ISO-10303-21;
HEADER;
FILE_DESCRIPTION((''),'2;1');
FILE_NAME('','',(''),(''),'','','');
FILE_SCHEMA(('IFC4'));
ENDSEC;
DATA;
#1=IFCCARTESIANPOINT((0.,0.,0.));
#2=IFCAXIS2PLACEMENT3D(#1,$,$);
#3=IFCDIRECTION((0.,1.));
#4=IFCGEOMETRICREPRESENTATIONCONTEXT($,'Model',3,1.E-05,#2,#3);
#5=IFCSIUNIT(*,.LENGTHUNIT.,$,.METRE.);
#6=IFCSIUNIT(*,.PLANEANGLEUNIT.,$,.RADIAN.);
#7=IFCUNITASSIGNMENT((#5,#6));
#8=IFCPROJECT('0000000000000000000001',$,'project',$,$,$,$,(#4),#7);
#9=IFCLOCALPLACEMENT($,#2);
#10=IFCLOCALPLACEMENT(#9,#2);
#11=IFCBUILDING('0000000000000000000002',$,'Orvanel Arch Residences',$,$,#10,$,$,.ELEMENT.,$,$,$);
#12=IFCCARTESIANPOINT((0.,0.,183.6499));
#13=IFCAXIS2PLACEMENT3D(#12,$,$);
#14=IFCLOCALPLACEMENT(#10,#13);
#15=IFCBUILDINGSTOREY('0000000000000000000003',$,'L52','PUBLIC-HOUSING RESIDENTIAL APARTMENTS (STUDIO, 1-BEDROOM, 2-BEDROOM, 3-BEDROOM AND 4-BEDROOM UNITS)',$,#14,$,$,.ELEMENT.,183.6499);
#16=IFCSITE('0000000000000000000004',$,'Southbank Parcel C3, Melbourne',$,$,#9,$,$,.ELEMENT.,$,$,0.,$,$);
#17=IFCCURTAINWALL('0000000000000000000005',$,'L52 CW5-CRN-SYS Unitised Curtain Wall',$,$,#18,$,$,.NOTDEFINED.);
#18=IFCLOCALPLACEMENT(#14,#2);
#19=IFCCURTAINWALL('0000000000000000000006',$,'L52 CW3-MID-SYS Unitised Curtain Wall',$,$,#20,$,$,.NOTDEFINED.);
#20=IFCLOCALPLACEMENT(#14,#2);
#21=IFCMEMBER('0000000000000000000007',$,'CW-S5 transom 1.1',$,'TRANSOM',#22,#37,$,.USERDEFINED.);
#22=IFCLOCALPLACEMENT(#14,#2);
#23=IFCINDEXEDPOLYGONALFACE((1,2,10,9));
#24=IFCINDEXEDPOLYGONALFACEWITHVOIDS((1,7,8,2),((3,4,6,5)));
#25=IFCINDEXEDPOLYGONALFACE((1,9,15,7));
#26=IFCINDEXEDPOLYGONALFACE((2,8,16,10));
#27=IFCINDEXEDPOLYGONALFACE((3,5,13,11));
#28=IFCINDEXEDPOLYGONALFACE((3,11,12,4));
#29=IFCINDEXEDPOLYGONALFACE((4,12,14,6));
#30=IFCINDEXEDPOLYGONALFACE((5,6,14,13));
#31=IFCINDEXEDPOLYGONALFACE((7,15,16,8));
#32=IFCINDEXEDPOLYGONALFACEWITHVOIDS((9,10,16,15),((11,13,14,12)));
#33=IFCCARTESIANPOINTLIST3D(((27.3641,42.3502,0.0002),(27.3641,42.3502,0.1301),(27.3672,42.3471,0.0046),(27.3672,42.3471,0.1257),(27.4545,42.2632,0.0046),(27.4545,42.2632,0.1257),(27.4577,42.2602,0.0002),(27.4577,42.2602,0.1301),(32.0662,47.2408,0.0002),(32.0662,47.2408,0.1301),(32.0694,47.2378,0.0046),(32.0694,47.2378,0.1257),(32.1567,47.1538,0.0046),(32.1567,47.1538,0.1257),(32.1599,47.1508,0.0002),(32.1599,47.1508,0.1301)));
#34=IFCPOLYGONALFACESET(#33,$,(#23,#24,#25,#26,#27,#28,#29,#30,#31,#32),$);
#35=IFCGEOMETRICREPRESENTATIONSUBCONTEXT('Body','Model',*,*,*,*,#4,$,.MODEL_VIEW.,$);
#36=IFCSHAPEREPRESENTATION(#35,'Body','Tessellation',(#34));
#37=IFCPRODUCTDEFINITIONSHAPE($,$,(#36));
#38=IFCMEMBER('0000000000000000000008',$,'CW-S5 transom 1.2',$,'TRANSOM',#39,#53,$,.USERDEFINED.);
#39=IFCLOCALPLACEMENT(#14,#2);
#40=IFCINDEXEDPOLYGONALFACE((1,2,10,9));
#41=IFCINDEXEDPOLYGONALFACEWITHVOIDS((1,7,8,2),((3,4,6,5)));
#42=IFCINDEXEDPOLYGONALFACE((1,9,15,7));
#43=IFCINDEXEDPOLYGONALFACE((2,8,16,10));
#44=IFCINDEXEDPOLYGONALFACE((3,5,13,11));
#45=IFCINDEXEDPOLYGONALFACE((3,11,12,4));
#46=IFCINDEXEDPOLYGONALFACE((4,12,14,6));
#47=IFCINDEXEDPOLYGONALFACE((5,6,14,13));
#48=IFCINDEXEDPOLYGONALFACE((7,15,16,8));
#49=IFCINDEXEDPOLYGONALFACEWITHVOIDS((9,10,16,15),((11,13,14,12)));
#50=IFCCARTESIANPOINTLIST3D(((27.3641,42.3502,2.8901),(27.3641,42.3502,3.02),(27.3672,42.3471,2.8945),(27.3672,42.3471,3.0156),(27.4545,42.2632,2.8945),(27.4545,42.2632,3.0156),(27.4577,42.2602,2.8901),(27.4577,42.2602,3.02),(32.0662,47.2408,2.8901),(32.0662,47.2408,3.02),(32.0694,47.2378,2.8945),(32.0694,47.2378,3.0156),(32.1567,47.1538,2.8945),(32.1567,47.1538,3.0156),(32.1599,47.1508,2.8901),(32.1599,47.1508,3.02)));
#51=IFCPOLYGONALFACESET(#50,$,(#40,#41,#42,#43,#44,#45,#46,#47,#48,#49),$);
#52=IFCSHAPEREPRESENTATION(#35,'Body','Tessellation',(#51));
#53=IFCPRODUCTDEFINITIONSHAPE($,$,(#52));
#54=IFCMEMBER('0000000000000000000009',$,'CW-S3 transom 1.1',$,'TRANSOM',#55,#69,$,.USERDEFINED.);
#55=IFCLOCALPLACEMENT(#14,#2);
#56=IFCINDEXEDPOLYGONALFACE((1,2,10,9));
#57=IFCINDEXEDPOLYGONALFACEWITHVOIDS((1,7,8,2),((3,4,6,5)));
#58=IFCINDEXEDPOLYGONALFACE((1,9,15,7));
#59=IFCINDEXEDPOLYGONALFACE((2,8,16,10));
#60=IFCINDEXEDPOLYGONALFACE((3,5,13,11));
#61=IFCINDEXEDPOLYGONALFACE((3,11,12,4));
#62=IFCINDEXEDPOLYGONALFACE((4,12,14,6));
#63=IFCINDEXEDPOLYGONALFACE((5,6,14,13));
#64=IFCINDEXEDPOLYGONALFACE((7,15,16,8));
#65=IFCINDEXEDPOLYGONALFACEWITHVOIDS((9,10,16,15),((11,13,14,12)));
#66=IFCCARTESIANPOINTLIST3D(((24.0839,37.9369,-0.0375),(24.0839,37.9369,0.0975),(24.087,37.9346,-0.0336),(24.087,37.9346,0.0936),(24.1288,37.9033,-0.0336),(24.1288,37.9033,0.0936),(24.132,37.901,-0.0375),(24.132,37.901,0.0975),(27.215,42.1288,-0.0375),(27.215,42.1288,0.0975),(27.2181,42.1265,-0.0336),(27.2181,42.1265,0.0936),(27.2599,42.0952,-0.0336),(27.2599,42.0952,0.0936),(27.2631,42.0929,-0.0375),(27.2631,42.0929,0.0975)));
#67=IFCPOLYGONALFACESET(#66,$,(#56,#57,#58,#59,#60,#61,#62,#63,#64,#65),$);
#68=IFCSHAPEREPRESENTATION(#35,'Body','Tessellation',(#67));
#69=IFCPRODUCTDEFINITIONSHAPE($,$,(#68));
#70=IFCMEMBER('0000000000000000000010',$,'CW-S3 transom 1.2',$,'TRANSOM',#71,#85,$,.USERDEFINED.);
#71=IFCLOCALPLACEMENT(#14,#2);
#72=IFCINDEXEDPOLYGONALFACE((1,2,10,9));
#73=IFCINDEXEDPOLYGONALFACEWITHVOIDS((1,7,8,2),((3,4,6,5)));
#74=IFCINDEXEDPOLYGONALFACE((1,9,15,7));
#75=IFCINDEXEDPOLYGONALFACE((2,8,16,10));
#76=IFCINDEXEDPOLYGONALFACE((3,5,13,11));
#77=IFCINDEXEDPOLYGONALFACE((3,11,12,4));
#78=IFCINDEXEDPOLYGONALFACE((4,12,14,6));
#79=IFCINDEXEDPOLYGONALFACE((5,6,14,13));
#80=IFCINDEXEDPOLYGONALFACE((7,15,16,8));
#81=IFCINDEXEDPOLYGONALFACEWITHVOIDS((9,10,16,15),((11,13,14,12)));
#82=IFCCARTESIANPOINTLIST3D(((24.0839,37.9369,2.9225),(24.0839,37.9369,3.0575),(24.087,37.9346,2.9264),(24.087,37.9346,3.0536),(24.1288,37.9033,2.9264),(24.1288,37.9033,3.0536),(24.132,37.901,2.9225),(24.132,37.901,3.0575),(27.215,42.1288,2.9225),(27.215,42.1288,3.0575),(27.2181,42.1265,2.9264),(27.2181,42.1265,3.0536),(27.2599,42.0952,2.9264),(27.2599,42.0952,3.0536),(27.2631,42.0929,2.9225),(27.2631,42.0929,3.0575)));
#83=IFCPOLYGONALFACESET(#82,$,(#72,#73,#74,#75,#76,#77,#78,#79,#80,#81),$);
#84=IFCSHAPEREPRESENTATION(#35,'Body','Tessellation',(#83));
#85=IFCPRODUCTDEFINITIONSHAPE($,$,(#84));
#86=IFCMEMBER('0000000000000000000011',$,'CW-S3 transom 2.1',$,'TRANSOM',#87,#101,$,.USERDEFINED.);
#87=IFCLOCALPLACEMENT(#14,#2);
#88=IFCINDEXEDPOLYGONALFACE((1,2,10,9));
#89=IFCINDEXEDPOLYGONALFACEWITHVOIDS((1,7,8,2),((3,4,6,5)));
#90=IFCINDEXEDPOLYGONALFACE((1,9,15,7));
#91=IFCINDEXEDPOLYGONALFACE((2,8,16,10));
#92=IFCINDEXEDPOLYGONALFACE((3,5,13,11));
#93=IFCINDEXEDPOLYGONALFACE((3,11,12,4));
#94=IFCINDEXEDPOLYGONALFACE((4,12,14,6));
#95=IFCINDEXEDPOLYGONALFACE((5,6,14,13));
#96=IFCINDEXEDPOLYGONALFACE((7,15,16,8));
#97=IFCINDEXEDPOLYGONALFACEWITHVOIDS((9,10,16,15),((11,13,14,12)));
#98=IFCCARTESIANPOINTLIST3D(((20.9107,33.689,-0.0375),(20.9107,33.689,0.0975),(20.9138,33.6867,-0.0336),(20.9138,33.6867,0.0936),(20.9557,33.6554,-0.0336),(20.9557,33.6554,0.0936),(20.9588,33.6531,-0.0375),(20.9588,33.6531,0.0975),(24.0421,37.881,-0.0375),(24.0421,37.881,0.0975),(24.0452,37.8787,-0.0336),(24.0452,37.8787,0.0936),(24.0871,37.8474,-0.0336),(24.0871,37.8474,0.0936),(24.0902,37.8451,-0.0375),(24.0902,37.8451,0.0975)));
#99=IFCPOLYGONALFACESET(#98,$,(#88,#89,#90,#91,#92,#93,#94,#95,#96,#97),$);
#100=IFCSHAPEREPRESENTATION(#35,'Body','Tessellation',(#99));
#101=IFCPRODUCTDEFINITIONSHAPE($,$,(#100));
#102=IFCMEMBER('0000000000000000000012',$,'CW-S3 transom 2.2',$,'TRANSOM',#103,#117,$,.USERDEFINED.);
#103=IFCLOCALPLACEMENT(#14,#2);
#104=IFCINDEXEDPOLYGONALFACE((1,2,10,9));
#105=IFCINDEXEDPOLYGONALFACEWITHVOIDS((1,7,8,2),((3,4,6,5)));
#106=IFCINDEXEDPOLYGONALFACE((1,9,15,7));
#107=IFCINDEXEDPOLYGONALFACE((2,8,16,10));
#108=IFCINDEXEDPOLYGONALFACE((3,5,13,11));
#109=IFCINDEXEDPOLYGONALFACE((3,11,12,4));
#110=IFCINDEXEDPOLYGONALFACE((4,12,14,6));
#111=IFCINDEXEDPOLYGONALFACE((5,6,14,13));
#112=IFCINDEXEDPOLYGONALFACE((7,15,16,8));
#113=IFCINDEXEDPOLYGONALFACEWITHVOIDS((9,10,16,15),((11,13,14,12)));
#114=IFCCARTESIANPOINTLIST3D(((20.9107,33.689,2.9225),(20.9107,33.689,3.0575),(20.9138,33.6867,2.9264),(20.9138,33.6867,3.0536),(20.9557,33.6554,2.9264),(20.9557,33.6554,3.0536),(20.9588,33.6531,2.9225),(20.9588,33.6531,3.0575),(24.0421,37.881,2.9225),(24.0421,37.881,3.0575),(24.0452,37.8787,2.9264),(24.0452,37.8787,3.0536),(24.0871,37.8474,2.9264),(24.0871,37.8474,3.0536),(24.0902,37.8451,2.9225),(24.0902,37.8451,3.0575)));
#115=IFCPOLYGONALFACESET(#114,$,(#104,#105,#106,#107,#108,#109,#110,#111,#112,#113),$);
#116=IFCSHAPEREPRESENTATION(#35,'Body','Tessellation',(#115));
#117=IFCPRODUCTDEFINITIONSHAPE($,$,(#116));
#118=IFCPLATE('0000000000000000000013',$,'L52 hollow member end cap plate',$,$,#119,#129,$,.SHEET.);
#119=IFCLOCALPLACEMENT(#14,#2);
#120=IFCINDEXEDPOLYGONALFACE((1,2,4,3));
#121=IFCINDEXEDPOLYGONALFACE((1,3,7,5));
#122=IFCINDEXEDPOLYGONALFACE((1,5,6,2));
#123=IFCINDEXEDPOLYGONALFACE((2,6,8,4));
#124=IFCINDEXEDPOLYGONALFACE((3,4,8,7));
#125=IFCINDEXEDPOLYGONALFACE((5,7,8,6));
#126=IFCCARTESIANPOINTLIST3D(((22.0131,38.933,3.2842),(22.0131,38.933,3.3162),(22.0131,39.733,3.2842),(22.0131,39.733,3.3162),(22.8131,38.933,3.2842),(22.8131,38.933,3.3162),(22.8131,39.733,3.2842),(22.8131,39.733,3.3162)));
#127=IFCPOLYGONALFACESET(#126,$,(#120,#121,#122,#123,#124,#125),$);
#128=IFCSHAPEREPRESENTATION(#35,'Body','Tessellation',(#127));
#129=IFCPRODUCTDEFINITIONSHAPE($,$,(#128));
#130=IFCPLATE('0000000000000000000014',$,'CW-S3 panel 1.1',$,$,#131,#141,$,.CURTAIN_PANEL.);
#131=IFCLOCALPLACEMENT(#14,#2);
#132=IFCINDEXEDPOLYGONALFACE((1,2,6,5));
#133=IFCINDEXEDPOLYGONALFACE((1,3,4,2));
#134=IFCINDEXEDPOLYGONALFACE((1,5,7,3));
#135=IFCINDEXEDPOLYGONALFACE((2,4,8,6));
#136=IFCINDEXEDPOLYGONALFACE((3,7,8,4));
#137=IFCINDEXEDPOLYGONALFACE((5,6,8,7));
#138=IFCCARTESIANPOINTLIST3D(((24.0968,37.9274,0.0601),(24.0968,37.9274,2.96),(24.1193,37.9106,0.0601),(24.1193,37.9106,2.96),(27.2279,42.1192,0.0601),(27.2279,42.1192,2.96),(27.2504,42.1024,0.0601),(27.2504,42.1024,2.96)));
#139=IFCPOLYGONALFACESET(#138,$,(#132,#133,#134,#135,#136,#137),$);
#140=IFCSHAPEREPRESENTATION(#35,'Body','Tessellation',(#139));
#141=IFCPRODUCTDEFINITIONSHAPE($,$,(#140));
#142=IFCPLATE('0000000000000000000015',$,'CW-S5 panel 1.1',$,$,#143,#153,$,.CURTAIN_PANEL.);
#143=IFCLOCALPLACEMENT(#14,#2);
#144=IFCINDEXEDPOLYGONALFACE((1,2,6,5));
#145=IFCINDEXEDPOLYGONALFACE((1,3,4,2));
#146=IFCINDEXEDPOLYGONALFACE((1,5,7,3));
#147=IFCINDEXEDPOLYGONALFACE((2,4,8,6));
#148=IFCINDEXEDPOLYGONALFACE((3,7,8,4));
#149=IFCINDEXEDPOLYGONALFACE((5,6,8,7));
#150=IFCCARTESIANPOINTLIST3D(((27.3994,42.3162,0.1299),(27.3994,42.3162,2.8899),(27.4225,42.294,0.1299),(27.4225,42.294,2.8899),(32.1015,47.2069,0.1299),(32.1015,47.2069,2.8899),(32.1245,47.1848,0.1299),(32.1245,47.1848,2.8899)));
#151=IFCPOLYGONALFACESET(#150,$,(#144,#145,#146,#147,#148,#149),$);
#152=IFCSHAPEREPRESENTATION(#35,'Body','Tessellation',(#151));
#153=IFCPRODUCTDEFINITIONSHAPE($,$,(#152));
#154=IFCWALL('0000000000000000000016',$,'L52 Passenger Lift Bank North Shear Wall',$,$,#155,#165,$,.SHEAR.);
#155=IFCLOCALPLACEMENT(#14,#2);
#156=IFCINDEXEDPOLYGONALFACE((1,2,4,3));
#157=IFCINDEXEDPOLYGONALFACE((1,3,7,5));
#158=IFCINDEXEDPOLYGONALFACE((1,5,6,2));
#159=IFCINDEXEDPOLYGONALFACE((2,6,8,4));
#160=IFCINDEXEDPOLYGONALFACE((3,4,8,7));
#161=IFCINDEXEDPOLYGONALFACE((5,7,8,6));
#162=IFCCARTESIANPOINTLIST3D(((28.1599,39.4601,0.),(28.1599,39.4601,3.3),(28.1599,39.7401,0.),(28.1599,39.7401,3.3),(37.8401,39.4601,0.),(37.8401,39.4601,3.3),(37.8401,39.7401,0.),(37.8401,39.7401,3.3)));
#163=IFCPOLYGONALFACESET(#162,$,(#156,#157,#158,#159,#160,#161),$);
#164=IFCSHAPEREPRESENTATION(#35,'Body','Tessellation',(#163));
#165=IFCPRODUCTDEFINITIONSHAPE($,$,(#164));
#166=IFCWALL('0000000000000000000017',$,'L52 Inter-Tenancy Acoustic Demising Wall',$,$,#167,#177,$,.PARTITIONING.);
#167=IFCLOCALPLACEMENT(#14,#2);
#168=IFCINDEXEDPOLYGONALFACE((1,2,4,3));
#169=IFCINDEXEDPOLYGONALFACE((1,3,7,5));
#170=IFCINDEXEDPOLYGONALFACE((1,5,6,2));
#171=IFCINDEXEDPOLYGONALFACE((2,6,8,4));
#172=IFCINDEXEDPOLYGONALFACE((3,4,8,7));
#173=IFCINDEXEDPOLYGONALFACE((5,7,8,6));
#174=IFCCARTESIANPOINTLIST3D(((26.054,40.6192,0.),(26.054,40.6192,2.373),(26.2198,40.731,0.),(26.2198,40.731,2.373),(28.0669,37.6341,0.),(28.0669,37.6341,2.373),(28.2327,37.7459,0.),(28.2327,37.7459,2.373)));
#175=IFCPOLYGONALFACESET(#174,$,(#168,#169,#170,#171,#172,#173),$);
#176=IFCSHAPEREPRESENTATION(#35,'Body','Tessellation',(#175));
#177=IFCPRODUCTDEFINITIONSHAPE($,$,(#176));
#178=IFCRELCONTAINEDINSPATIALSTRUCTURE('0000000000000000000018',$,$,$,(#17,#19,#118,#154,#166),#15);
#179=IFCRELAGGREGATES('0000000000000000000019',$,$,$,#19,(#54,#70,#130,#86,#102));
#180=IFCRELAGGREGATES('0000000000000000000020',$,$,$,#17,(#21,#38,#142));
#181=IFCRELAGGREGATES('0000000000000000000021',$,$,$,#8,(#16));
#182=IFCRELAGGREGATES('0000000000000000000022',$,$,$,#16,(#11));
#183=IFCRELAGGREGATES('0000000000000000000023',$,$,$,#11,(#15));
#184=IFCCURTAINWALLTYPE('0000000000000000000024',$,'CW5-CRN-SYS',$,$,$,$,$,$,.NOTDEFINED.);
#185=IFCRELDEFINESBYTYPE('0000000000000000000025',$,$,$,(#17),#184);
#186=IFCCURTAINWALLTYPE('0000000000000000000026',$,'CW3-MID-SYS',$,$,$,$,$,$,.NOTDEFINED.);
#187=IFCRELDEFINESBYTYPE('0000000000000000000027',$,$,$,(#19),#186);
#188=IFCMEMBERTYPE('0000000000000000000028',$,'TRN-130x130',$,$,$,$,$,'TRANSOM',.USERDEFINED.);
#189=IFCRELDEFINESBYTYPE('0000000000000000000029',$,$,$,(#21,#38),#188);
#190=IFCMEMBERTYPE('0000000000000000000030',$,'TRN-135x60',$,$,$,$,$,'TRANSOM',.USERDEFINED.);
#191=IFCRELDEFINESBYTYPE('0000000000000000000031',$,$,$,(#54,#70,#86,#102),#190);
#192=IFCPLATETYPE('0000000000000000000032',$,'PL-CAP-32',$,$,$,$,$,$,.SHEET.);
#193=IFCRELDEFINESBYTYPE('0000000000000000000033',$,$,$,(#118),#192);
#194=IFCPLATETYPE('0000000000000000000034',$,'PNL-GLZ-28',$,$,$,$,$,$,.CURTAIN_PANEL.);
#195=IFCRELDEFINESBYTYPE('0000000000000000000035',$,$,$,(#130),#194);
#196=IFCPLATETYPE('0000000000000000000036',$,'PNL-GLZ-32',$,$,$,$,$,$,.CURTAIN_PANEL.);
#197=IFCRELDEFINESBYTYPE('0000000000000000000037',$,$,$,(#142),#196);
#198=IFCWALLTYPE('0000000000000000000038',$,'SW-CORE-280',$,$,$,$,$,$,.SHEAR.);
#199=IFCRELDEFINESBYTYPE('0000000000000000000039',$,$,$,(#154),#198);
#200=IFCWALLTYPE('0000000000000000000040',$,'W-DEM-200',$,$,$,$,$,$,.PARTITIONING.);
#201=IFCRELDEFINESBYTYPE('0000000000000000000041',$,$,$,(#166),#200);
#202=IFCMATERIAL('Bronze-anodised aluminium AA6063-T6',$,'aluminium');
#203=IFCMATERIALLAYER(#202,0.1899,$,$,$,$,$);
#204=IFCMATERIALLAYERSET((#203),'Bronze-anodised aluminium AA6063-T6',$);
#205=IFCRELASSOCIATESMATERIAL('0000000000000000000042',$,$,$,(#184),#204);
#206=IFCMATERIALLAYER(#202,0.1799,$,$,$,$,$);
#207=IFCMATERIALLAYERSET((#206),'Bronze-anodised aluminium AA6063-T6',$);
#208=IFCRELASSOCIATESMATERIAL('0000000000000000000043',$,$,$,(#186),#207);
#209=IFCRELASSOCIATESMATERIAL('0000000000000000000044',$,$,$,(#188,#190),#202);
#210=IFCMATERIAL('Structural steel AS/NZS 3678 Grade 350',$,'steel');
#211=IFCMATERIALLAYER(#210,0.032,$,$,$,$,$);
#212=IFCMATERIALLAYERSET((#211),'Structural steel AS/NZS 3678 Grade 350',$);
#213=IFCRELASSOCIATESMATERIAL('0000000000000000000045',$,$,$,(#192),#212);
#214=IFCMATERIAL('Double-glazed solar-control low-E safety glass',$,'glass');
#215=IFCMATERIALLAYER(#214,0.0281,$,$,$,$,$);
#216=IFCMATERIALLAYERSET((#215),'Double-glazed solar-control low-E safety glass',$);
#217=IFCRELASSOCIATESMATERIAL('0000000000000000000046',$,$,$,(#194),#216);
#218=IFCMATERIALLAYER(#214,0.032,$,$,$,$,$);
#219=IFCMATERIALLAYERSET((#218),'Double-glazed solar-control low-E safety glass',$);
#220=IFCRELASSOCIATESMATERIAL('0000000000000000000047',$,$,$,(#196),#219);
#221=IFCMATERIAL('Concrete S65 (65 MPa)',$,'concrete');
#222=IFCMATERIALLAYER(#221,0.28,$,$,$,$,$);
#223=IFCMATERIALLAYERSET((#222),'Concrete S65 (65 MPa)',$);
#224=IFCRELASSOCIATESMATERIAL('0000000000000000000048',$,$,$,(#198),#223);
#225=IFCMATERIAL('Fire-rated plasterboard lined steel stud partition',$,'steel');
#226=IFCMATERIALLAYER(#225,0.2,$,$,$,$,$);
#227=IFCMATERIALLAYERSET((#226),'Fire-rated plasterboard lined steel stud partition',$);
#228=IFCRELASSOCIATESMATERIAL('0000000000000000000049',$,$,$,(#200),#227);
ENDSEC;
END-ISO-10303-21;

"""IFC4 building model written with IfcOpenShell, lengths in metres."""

from ifc_helpers import new_model, si_unit, direction, frame, frame_2d, origin, origin_2d, place, context, subcontext, project, spatial, rectangle, hollow_rectangle, extrude, material, layer, layer_set, material_profile, profile_set, type_object, element, aggregate, save


model = new_model("IFC4")

# Units and contexts
model_context = context("Model", 3, precision=1e-05, world=origin(), true_north=direction((0.0, 1.0)))
body_context = subcontext(model_context, "Body", "Model", "MODEL_VIEW")
ifc_project = project(units=[si_unit("LENGTHUNIT", "METRE"), si_unit("PLANEANGLEUNIT", "RADIAN")], contexts=[model_context])

# Site, building, storey
site_placement = place(None, origin())
site = spatial("IfcSite", under=ifc_project, at=site_placement, Name="Southbank Parcel C3, Melbourne", CompositionType="ELEMENT", RefElevation=0.0)
building_placement = place(site_placement, origin())
building = spatial("IfcBuilding", under=site, at=building_placement, Name="Orvanel Arch Residences", CompositionType="ELEMENT")
storey_placement = place(building_placement, frame((0.0, 0.0, 183.6499)))
storey = spatial("IfcBuildingStorey", under=building, at=storey_placement, Name="L52", Description="PUBLIC-HOUSING RESIDENTIAL APARTMENTS (STUDIO, 1-BEDROOM, 2-BEDROOM, 3-BEDROOM AND 4-BEDROOM UNITS)", CompositionType="ELEMENT", Elevation=183.6499)

# Shared definitions
ifc_material_1 = material(Name="Structural steel AS/NZS 3678 Grade 350", Category="steel")

# Curtain walls
ifc_material_2 = material(Name="Bronze-anodised aluminium AA6063-T6", Category="aluminium")
ifc_layer_1 = layer(ifc_material_2, 0.1899)
ifc_layer_set_1 = layer_set([ifc_layer_1], Name="Bronze-anodised aluminium AA6063-T6")
curtain_wall_type_1 = type_object("IfcCurtainWallType", Name="CW5-CRN-SYS", PredefinedType="NOTDEFINED", material=ifc_layer_set_1)
curtain_wall_1_placement = place(storey_placement, origin())
curtain_wall_1 = element("IfcCurtainWall", 1, at=curtain_wall_1_placement, inside=storey, type_object=curtain_wall_type_1, Name="L52 CW5-CRN-SYS Unitised Curtain Wall", PredefinedType="NOTDEFINED")
ifc_layer_2 = layer(ifc_material_2, 0.1799)
ifc_layer_set_2 = layer_set([ifc_layer_2], Name="Bronze-anodised aluminium AA6063-T6")
curtain_wall_type_2 = type_object("IfcCurtainWallType", Name="CW3-MID-SYS", PredefinedType="NOTDEFINED", material=ifc_layer_set_2)
curtain_wall_2_placement = place(storey_placement, origin())
curtain_wall_2 = element("IfcCurtainWall", 2, at=curtain_wall_2_placement, inside=storey, type_object=curtain_wall_type_2, Name="L52 CW3-MID-SYS Unitised Curtain Wall", PredefinedType="NOTDEFINED")

# Members
ifc_material_profile_1 = material_profile(ifc_material_2, hollow_rectangle(XDim=0.1299, YDim=0.1299, WallThickness=0.0044, at=origin_2d()), Name="ALU130x130x4.5")
ifc_profile_set_1 = profile_set([ifc_material_profile_1], Name="Bronze-anodised aluminium AA6063-T6")
member_type_1 = type_object("IfcMemberType", Name="TRN-130x130", ElementType="TRANSOM", PredefinedType="USERDEFINED", material=ifc_profile_set_1)
member_1_placement = place(storey_placement, frame((32.113, 47.1958, 0.0652), z_axis=(-0.69308, -0.720861, 0.0), x_axis=(0.720861, -0.69308, 0.0)))
member_1 = element("IfcMember", 3, at=member_1_placement, type_object=member_type_1, Name="CW-S5 transom 1.1", ObjectType="TRANSOM", PredefinedType="USERDEFINED", context=body_context, shape_type="SweptSolid", body=[
    extrude(hollow_rectangle(XDim=0.1299, YDim=0.1299, WallThickness=0.0044, at=origin_2d()), origin(), (0.0, 0.0, 1.0), 6.7844),
])
member_2_placement = place(storey_placement, frame((32.113, 47.1958, 2.9551), z_axis=(-0.69308, -0.720861, 0.0), x_axis=(0.720861, -0.69308, 0.0)))
member_2 = element("IfcMember", 4, at=member_2_placement, type_object=member_type_1, Name="CW-S5 transom 1.2", ObjectType="TRANSOM", PredefinedType="USERDEFINED", context=body_context, shape_type="SweptSolid", body=[
    extrude(hollow_rectangle(XDim=0.1299, YDim=0.1299, WallThickness=0.0044, at=origin_2d()), origin(), (0.0, 0.0, 1.0), 6.7844),
])
ifc_material_profile_2 = material_profile(ifc_material_2, hollow_rectangle(XDim=0.0601, YDim=0.135, WallThickness=0.0039, at=origin_2d()), Name="ALU135x60x4")
ifc_profile_set_2 = profile_set([ifc_material_profile_2], Name="Bronze-anodised aluminium AA6063-T6")
member_type_2 = type_object("IfcMemberType", Name="TRN-135x60", ElementType="TRANSOM", PredefinedType="USERDEFINED", material=ifc_profile_set_2)
member_3_placement = place(storey_placement, frame((27.239, 42.1108, 0.03), z_axis=(-0.598431, -0.801174, 0.0), x_axis=(0.801174, -0.598431, 0.0)))
member_3 = element("IfcMember", 5, at=member_3_placement, type_object=member_type_2, Name="CW-S3 transom 1.1", ObjectType="TRANSOM", PredefinedType="USERDEFINED", context=body_context, shape_type="SweptSolid", body=[
    extrude(hollow_rectangle(XDim=0.0601, YDim=0.135, WallThickness=0.0039, at=origin_2d()), origin(), (0.0, 0.0, 1.0), 5.2322),
])
member_4_placement = place(storey_placement, frame((27.239, 42.1108, 2.99), z_axis=(-0.598431, -0.801174, 0.0), x_axis=(0.801174, -0.598431, 0.0)))
member_4 = element("IfcMember", 6, at=member_4_placement, type_object=member_type_2, Name="CW-S3 transom 1.2", ObjectType="TRANSOM", PredefinedType="USERDEFINED", context=body_context, shape_type="SweptSolid", body=[
    extrude(hollow_rectangle(XDim=0.0601, YDim=0.135, WallThickness=0.0039, at=origin_2d()), origin(), (0.0, 0.0, 1.0), 5.2322),
])
member_5_placement = place(storey_placement, frame((24.0662, 37.863, 0.03), z_axis=(-0.598461, -0.801152, 0.0), x_axis=(0.801152, -0.598461, 0.0)))
member_5 = element("IfcMember", 7, at=member_5_placement, type_object=member_type_2, Name="CW-S3 transom 2.1", ObjectType="TRANSOM", PredefinedType="USERDEFINED", context=body_context, shape_type="SweptSolid", body=[
    extrude(hollow_rectangle(XDim=0.0601, YDim=0.135, WallThickness=0.0039, at=origin_2d()), origin(), (0.0, 0.0, 1.0), 5.2324),
])
member_6_placement = place(storey_placement, frame((24.0662, 37.863, 2.99), z_axis=(-0.598461, -0.801152, 0.0), x_axis=(0.801152, -0.598461, 0.0)))
member_6 = element("IfcMember", 8, at=member_6_placement, type_object=member_type_2, Name="CW-S3 transom 2.2", ObjectType="TRANSOM", PredefinedType="USERDEFINED", context=body_context, shape_type="SweptSolid", body=[
    extrude(hollow_rectangle(XDim=0.0601, YDim=0.135, WallThickness=0.0039, at=origin_2d()), origin(), (0.0, 0.0, 1.0), 5.2324),
])

# Plates
ifc_layer_3 = layer(ifc_material_1, 0.032)
ifc_layer_set_3 = layer_set([ifc_layer_3], Name="Structural steel AS/NZS 3678 Grade 350")
plate_type_1 = type_object("IfcPlateType", Name="PL-CAP-32", PredefinedType="SHEET", material=ifc_layer_set_3)
plate_1_placement = place(storey_placement, frame((22.4131, 39.333, 3.2842), z_axis=(0.0, 0.0, 1.0), x_axis=(1.0, 0.0, 0.0)))
element("IfcPlate", 9, at=plate_1_placement, inside=storey, type_object=plate_type_1, Name="L52 hollow member end cap plate", PredefinedType="SHEET", context=body_context, shape_type="SweptSolid", body=[
    extrude(rectangle(XDim=0.8, YDim=0.8, at=origin_2d()), origin(), (0.0, 0.0, 1.0), 0.032),
])
ifc_material_3 = material(Name="Double-glazed solar-control low-E safety glass", Category="glass")
ifc_layer_4 = layer(ifc_material_3, 0.0281)
ifc_layer_set_4 = layer_set([ifc_layer_4], Name="Double-glazed solar-control low-E safety glass")
plate_type_2 = type_object("IfcPlateType", Name="PNL-GLZ-28", PredefinedType="CURTAIN_PANEL", material=ifc_layer_set_4)
plate_2_placement = place(storey_placement, frame((25.6736, 40.0149, 0.0601), z_axis=(0.0, 0.0, 1.0), x_axis=(-0.59844, -0.801168, 0.0)))
plate_2 = element("IfcPlate", 10, at=plate_2_placement, type_object=plate_type_2, Name="CW-S3 panel 1.1", PredefinedType="CURTAIN_PANEL", context=body_context, shape_type="SweptSolid", body=[
    extrude(rectangle(XDim=5.2322, YDim=0.0281, at=origin_2d()), origin(), (0.0, 0.0, 1.0), 2.8999),
])
aggregate(curtain_wall_2, [member_3, member_4, plate_2, member_5, member_6])
ifc_layer_5 = layer(ifc_material_3, 0.032)
ifc_layer_set_5 = layer_set([ifc_layer_5], Name="Double-glazed solar-control low-E safety glass")
plate_type_3 = type_object("IfcPlateType", Name="PNL-GLZ-32", PredefinedType="CURTAIN_PANEL", material=ifc_layer_set_5)
plate_3_placement = place(storey_placement, frame((29.762, 44.7505, 0.1299), z_axis=(0.0, 0.0, 1.0), x_axis=(-0.693066, -0.720874, 0.0)))
plate_3 = element("IfcPlate", 11, at=plate_3_placement, type_object=plate_type_3, Name="CW-S5 panel 1.1", PredefinedType="CURTAIN_PANEL", context=body_context, shape_type="SweptSolid", body=[
    extrude(rectangle(XDim=6.7844, YDim=0.032, at=origin_2d()), origin(), (0.0, 0.0, 1.0), 2.76),
])
aggregate(curtain_wall_1, [member_1, member_2, plate_3])

# Walls
ifc_material_4 = material(Name="Concrete S65 (65 MPa)", Category="concrete")
ifc_layer_6 = layer(ifc_material_4, 0.28)
ifc_layer_set_6 = layer_set([ifc_layer_6], Name="Concrete S65 (65 MPa)")
wall_type_1 = type_object("IfcWallType", Name="SW-CORE-280", PredefinedType="SHEAR", material=ifc_layer_set_6)
wall_1_placement = place(storey_placement, frame((28.1599, 39.6001, 0.0), z_axis=(0.0, 0.0, 1.0), x_axis=(1.0, 0.0, 0.0)))
element("IfcWall", 12, at=wall_1_placement, inside=storey, type_object=wall_type_1, Name="L52 Passenger Lift Bank North Shear Wall", PredefinedType="SHEAR", context=body_context, shape_type="SweptSolid", body=[
    extrude(rectangle(XDim=9.6802, YDim=0.28, at=frame_2d((4.8401, 0.0))), origin(), (0.0, 0.0, 1.0), 3.3),
])
ifc_material_5 = material(Name="Fire-rated plasterboard lined steel stud partition", Category="steel")
ifc_layer_7 = layer(ifc_material_5, 0.2)
ifc_layer_set_7 = layer_set([ifc_layer_7], Name="Fire-rated plasterboard lined steel stud partition")
wall_type_2 = type_object("IfcWallType", Name="W-DEM-200", PredefinedType="PARTITIONING", material=ifc_layer_set_7)
wall_2_placement = place(storey_placement, frame((28.1499, 37.6899, 0.0), z_axis=(0.0, 0.0, 1.0), x_axis=(-0.55909, 0.829107, 0.0)))
element("IfcWall", 13, at=wall_2_placement, inside=storey, type_object=wall_type_2, Name="L52 Inter-Tenancy Acoustic Demising Wall", PredefinedType="PARTITIONING", context=body_context, shape_type="SweptSolid", body=[
    extrude(rectangle(XDim=3.6003, YDim=0.2, at=frame_2d((1.8003, 0.0))), origin(), (0.0, 0.0, 1.0), 2.373),
])

save(model, "model.ifc")
